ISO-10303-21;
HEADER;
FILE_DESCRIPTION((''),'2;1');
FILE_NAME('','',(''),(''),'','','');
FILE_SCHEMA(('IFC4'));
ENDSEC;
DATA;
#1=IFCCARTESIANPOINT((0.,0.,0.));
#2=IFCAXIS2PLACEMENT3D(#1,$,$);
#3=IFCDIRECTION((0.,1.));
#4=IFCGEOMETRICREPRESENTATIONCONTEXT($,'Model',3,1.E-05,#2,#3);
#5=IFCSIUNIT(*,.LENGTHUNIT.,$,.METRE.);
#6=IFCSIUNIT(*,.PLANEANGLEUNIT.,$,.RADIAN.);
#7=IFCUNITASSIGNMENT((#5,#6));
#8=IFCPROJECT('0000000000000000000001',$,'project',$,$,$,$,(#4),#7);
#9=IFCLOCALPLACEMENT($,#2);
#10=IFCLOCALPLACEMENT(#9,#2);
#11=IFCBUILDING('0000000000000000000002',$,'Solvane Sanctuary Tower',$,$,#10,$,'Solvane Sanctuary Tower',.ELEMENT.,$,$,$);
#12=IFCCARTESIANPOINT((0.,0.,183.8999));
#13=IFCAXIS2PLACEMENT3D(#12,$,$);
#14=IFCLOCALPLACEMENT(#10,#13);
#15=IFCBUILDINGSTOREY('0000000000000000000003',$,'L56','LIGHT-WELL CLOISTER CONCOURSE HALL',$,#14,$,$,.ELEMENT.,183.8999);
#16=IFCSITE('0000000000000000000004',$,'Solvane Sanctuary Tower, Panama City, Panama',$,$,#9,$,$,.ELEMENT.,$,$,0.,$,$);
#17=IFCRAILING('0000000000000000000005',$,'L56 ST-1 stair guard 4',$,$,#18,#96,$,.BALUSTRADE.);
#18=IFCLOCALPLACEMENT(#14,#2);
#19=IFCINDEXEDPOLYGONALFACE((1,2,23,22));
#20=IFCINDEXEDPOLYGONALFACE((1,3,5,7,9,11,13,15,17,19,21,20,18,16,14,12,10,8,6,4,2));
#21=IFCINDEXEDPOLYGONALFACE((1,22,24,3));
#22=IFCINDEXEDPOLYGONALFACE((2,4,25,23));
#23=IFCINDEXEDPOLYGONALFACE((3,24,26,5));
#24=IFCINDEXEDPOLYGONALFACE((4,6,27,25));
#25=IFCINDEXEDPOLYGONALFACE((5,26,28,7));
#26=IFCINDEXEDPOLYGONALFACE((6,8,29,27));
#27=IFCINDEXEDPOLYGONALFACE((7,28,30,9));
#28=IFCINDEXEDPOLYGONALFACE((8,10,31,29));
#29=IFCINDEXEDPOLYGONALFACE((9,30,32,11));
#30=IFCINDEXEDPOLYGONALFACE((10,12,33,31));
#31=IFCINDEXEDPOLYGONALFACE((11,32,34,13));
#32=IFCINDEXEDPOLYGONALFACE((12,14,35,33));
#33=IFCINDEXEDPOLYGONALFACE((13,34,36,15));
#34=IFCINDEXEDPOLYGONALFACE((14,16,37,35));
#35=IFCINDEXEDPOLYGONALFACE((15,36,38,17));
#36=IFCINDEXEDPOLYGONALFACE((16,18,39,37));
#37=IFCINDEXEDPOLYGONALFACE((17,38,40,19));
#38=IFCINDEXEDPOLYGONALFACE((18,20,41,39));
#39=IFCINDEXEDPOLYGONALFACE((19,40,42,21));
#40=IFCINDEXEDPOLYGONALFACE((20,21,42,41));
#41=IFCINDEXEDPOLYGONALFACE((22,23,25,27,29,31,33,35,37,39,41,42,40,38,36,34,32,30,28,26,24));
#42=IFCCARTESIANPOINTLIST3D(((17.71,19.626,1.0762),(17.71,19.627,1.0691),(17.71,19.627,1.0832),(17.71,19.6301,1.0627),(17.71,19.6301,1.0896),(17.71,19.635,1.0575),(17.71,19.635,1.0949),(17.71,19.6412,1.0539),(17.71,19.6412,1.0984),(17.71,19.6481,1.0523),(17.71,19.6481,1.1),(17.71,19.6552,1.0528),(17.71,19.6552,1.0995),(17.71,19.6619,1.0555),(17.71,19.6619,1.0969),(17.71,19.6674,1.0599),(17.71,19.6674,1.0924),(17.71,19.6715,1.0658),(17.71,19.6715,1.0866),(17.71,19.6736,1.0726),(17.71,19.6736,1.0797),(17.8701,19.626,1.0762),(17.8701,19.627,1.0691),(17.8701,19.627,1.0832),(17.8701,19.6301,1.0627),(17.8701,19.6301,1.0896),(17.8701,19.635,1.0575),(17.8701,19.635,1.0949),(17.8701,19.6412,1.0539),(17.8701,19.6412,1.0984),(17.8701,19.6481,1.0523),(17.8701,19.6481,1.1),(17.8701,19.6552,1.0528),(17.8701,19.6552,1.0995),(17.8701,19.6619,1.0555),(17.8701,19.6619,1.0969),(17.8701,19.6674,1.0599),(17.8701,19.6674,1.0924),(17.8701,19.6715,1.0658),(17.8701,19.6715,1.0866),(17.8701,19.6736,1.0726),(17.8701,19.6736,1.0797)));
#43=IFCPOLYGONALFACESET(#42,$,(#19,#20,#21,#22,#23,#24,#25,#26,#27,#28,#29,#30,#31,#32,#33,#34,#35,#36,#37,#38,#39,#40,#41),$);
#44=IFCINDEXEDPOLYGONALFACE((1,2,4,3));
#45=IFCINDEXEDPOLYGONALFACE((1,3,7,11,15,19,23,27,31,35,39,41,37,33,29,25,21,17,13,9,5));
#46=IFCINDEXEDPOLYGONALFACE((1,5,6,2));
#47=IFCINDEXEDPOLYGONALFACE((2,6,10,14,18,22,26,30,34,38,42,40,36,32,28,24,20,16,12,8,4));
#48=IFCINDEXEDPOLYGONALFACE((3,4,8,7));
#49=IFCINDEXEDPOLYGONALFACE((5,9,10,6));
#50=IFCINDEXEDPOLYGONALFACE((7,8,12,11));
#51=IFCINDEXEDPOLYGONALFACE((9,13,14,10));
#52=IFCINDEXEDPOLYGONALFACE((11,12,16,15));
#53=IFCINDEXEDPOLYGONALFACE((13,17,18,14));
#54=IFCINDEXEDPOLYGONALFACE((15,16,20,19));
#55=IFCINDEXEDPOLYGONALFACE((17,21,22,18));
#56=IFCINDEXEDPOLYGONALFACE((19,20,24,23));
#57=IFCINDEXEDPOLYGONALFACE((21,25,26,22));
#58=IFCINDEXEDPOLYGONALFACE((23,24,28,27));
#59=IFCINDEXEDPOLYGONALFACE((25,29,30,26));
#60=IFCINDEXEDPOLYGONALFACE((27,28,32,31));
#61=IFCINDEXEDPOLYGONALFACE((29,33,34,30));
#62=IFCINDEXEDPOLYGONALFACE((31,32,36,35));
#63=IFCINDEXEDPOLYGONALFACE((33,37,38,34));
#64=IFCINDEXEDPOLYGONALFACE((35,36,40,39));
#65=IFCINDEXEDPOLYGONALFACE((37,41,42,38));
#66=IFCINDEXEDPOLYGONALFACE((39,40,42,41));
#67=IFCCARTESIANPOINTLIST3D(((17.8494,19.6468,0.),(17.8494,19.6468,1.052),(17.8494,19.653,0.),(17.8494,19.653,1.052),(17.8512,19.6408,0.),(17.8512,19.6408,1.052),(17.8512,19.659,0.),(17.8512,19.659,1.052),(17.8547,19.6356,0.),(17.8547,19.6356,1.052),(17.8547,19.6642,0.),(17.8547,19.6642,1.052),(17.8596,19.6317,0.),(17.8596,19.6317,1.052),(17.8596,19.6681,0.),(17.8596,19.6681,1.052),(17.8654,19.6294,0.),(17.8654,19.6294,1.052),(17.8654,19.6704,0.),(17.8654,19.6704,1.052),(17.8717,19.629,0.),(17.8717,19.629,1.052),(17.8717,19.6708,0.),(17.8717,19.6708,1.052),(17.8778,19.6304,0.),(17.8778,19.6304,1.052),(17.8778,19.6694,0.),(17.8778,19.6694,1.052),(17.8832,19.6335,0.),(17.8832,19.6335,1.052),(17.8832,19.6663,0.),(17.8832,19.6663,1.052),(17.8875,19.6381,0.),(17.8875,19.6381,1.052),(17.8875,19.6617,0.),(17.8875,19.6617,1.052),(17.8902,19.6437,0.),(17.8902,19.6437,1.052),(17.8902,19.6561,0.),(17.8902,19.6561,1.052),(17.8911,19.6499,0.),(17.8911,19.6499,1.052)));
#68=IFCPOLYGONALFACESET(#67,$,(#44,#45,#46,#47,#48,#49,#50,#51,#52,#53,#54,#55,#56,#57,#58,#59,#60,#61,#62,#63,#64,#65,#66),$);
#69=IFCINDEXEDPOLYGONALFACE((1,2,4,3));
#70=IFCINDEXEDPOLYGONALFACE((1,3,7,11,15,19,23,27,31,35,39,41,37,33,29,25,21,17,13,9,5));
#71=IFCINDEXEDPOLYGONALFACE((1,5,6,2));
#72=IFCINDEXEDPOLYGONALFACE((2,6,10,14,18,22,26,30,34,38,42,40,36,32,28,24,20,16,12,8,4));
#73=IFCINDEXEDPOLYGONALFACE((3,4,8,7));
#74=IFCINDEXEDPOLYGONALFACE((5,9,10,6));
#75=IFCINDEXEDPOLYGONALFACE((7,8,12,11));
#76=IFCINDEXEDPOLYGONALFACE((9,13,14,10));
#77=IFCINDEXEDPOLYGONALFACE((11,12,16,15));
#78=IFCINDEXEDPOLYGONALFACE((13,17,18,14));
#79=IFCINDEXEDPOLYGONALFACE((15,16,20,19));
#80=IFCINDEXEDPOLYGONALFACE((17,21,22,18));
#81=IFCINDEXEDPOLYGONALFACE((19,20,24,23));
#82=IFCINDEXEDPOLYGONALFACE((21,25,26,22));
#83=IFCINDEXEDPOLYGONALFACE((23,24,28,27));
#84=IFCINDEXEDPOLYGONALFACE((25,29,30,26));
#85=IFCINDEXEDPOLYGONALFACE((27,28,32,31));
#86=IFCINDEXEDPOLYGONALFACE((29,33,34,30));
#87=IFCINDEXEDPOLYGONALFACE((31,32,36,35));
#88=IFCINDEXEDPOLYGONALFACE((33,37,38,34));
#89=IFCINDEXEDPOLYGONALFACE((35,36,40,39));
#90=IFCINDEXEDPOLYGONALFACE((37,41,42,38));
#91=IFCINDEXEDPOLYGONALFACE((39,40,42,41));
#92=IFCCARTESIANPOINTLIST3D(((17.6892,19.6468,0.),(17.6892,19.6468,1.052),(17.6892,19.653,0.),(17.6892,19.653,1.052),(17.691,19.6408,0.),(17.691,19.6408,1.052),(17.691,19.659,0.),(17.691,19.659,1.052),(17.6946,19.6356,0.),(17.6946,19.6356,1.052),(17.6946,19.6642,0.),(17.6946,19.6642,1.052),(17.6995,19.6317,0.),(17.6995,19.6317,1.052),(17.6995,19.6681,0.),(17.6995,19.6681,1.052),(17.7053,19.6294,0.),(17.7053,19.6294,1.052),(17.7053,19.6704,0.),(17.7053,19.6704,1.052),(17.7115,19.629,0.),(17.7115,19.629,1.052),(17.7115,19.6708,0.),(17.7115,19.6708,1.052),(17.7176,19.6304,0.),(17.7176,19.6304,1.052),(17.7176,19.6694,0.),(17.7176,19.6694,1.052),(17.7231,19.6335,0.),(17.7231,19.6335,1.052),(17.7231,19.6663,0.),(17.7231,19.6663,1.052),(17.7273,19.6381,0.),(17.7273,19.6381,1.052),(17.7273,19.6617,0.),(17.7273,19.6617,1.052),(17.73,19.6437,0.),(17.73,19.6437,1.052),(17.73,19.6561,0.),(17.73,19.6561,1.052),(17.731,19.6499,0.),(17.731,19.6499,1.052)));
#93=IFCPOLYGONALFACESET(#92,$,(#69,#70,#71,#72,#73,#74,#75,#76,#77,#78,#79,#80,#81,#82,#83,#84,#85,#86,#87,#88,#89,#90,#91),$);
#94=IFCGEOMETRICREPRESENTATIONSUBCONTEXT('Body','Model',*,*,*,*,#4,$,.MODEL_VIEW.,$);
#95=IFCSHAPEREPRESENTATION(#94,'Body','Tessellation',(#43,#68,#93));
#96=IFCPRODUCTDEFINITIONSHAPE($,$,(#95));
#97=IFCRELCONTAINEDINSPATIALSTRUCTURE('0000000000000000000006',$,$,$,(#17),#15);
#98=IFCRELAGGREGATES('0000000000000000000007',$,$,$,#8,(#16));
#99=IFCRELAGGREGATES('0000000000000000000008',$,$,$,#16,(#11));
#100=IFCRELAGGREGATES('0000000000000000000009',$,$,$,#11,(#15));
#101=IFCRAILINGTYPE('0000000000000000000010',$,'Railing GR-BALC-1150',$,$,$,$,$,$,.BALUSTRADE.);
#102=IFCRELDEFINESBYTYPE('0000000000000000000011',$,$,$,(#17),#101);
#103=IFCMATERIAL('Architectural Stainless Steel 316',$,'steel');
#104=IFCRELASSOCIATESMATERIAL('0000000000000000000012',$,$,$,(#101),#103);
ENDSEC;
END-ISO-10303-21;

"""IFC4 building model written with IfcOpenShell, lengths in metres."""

from ifc_helpers import new_model, si_unit, direction, frame, origin, origin_2d, place, context, subcontext, project, spatial, circle, extrude, material, type_object, element, save


model = new_model("IFC4")

# Units and contexts
model_context = context("Model", 3, precision=1e-05, world=origin(), true_north=direction((0.0, 1.0)))
body_context = subcontext(model_context, "Body", "Model", "MODEL_VIEW")
ifc_project = project(units=[si_unit("LENGTHUNIT", "METRE"), si_unit("PLANEANGLEUNIT", "RADIAN")], contexts=[model_context])

# Site, building, storey
site_placement = place(None, origin())
site = spatial("IfcSite", under=ifc_project, at=site_placement, Name="Solvane Sanctuary Tower, Panama City, Panama", CompositionType="ELEMENT", RefElevation=0.0)
building_placement = place(site_placement, origin())
building = spatial("IfcBuilding", under=site, at=building_placement, Name="Solvane Sanctuary Tower", LongName="Solvane Sanctuary Tower", CompositionType="ELEMENT")
storey_placement = place(building_placement, frame((0.0, 0.0, 183.8999)))
storey = spatial("IfcBuildingStorey", under=building, at=storey_placement, Name="L56", Description="LIGHT-WELL CLOISTER CONCOURSE HALL", CompositionType="ELEMENT", Elevation=183.8999)

# Shared definitions
ifc_material_1 = material(Name="Architectural Stainless Steel 316", Category="steel")

# Railing
railing_type_1 = type_object("IfcRailingType", Name="Railing GR-BALC-1150", PredefinedType="BALUSTRADE", material=ifc_material_1)
railing_1_placement = place(storey_placement, frame((17.8701, 19.6499, 0.0)))
element("IfcRailing", 1, at=railing_1_placement, inside=storey, type_object=railing_type_1, Name="L56 ST-1 stair guard 4", PredefinedType="BALUSTRADE", context=body_context, shape_type="SweptSolid", body=[
    extrude(circle(Radius=0.0239, at=origin_2d()), frame((0.0, 0.0, 1.0762), z_axis=(-1.0, 0.0, 0.0), x_axis=(0.0, -1.0, 0.0)), (0.0, 0.0, 1.0), 0.1602),
    extrude(circle(Radius=0.021, at=origin_2d()), origin(), (0.0, 0.0, 1.0), 1.052),
    extrude(circle(Radius=0.021, at=origin_2d()), frame((-0.1602, 0.0, 0.0)), (0.0, 0.0, 1.0), 1.052),
])

save(model, "model.ifc")
